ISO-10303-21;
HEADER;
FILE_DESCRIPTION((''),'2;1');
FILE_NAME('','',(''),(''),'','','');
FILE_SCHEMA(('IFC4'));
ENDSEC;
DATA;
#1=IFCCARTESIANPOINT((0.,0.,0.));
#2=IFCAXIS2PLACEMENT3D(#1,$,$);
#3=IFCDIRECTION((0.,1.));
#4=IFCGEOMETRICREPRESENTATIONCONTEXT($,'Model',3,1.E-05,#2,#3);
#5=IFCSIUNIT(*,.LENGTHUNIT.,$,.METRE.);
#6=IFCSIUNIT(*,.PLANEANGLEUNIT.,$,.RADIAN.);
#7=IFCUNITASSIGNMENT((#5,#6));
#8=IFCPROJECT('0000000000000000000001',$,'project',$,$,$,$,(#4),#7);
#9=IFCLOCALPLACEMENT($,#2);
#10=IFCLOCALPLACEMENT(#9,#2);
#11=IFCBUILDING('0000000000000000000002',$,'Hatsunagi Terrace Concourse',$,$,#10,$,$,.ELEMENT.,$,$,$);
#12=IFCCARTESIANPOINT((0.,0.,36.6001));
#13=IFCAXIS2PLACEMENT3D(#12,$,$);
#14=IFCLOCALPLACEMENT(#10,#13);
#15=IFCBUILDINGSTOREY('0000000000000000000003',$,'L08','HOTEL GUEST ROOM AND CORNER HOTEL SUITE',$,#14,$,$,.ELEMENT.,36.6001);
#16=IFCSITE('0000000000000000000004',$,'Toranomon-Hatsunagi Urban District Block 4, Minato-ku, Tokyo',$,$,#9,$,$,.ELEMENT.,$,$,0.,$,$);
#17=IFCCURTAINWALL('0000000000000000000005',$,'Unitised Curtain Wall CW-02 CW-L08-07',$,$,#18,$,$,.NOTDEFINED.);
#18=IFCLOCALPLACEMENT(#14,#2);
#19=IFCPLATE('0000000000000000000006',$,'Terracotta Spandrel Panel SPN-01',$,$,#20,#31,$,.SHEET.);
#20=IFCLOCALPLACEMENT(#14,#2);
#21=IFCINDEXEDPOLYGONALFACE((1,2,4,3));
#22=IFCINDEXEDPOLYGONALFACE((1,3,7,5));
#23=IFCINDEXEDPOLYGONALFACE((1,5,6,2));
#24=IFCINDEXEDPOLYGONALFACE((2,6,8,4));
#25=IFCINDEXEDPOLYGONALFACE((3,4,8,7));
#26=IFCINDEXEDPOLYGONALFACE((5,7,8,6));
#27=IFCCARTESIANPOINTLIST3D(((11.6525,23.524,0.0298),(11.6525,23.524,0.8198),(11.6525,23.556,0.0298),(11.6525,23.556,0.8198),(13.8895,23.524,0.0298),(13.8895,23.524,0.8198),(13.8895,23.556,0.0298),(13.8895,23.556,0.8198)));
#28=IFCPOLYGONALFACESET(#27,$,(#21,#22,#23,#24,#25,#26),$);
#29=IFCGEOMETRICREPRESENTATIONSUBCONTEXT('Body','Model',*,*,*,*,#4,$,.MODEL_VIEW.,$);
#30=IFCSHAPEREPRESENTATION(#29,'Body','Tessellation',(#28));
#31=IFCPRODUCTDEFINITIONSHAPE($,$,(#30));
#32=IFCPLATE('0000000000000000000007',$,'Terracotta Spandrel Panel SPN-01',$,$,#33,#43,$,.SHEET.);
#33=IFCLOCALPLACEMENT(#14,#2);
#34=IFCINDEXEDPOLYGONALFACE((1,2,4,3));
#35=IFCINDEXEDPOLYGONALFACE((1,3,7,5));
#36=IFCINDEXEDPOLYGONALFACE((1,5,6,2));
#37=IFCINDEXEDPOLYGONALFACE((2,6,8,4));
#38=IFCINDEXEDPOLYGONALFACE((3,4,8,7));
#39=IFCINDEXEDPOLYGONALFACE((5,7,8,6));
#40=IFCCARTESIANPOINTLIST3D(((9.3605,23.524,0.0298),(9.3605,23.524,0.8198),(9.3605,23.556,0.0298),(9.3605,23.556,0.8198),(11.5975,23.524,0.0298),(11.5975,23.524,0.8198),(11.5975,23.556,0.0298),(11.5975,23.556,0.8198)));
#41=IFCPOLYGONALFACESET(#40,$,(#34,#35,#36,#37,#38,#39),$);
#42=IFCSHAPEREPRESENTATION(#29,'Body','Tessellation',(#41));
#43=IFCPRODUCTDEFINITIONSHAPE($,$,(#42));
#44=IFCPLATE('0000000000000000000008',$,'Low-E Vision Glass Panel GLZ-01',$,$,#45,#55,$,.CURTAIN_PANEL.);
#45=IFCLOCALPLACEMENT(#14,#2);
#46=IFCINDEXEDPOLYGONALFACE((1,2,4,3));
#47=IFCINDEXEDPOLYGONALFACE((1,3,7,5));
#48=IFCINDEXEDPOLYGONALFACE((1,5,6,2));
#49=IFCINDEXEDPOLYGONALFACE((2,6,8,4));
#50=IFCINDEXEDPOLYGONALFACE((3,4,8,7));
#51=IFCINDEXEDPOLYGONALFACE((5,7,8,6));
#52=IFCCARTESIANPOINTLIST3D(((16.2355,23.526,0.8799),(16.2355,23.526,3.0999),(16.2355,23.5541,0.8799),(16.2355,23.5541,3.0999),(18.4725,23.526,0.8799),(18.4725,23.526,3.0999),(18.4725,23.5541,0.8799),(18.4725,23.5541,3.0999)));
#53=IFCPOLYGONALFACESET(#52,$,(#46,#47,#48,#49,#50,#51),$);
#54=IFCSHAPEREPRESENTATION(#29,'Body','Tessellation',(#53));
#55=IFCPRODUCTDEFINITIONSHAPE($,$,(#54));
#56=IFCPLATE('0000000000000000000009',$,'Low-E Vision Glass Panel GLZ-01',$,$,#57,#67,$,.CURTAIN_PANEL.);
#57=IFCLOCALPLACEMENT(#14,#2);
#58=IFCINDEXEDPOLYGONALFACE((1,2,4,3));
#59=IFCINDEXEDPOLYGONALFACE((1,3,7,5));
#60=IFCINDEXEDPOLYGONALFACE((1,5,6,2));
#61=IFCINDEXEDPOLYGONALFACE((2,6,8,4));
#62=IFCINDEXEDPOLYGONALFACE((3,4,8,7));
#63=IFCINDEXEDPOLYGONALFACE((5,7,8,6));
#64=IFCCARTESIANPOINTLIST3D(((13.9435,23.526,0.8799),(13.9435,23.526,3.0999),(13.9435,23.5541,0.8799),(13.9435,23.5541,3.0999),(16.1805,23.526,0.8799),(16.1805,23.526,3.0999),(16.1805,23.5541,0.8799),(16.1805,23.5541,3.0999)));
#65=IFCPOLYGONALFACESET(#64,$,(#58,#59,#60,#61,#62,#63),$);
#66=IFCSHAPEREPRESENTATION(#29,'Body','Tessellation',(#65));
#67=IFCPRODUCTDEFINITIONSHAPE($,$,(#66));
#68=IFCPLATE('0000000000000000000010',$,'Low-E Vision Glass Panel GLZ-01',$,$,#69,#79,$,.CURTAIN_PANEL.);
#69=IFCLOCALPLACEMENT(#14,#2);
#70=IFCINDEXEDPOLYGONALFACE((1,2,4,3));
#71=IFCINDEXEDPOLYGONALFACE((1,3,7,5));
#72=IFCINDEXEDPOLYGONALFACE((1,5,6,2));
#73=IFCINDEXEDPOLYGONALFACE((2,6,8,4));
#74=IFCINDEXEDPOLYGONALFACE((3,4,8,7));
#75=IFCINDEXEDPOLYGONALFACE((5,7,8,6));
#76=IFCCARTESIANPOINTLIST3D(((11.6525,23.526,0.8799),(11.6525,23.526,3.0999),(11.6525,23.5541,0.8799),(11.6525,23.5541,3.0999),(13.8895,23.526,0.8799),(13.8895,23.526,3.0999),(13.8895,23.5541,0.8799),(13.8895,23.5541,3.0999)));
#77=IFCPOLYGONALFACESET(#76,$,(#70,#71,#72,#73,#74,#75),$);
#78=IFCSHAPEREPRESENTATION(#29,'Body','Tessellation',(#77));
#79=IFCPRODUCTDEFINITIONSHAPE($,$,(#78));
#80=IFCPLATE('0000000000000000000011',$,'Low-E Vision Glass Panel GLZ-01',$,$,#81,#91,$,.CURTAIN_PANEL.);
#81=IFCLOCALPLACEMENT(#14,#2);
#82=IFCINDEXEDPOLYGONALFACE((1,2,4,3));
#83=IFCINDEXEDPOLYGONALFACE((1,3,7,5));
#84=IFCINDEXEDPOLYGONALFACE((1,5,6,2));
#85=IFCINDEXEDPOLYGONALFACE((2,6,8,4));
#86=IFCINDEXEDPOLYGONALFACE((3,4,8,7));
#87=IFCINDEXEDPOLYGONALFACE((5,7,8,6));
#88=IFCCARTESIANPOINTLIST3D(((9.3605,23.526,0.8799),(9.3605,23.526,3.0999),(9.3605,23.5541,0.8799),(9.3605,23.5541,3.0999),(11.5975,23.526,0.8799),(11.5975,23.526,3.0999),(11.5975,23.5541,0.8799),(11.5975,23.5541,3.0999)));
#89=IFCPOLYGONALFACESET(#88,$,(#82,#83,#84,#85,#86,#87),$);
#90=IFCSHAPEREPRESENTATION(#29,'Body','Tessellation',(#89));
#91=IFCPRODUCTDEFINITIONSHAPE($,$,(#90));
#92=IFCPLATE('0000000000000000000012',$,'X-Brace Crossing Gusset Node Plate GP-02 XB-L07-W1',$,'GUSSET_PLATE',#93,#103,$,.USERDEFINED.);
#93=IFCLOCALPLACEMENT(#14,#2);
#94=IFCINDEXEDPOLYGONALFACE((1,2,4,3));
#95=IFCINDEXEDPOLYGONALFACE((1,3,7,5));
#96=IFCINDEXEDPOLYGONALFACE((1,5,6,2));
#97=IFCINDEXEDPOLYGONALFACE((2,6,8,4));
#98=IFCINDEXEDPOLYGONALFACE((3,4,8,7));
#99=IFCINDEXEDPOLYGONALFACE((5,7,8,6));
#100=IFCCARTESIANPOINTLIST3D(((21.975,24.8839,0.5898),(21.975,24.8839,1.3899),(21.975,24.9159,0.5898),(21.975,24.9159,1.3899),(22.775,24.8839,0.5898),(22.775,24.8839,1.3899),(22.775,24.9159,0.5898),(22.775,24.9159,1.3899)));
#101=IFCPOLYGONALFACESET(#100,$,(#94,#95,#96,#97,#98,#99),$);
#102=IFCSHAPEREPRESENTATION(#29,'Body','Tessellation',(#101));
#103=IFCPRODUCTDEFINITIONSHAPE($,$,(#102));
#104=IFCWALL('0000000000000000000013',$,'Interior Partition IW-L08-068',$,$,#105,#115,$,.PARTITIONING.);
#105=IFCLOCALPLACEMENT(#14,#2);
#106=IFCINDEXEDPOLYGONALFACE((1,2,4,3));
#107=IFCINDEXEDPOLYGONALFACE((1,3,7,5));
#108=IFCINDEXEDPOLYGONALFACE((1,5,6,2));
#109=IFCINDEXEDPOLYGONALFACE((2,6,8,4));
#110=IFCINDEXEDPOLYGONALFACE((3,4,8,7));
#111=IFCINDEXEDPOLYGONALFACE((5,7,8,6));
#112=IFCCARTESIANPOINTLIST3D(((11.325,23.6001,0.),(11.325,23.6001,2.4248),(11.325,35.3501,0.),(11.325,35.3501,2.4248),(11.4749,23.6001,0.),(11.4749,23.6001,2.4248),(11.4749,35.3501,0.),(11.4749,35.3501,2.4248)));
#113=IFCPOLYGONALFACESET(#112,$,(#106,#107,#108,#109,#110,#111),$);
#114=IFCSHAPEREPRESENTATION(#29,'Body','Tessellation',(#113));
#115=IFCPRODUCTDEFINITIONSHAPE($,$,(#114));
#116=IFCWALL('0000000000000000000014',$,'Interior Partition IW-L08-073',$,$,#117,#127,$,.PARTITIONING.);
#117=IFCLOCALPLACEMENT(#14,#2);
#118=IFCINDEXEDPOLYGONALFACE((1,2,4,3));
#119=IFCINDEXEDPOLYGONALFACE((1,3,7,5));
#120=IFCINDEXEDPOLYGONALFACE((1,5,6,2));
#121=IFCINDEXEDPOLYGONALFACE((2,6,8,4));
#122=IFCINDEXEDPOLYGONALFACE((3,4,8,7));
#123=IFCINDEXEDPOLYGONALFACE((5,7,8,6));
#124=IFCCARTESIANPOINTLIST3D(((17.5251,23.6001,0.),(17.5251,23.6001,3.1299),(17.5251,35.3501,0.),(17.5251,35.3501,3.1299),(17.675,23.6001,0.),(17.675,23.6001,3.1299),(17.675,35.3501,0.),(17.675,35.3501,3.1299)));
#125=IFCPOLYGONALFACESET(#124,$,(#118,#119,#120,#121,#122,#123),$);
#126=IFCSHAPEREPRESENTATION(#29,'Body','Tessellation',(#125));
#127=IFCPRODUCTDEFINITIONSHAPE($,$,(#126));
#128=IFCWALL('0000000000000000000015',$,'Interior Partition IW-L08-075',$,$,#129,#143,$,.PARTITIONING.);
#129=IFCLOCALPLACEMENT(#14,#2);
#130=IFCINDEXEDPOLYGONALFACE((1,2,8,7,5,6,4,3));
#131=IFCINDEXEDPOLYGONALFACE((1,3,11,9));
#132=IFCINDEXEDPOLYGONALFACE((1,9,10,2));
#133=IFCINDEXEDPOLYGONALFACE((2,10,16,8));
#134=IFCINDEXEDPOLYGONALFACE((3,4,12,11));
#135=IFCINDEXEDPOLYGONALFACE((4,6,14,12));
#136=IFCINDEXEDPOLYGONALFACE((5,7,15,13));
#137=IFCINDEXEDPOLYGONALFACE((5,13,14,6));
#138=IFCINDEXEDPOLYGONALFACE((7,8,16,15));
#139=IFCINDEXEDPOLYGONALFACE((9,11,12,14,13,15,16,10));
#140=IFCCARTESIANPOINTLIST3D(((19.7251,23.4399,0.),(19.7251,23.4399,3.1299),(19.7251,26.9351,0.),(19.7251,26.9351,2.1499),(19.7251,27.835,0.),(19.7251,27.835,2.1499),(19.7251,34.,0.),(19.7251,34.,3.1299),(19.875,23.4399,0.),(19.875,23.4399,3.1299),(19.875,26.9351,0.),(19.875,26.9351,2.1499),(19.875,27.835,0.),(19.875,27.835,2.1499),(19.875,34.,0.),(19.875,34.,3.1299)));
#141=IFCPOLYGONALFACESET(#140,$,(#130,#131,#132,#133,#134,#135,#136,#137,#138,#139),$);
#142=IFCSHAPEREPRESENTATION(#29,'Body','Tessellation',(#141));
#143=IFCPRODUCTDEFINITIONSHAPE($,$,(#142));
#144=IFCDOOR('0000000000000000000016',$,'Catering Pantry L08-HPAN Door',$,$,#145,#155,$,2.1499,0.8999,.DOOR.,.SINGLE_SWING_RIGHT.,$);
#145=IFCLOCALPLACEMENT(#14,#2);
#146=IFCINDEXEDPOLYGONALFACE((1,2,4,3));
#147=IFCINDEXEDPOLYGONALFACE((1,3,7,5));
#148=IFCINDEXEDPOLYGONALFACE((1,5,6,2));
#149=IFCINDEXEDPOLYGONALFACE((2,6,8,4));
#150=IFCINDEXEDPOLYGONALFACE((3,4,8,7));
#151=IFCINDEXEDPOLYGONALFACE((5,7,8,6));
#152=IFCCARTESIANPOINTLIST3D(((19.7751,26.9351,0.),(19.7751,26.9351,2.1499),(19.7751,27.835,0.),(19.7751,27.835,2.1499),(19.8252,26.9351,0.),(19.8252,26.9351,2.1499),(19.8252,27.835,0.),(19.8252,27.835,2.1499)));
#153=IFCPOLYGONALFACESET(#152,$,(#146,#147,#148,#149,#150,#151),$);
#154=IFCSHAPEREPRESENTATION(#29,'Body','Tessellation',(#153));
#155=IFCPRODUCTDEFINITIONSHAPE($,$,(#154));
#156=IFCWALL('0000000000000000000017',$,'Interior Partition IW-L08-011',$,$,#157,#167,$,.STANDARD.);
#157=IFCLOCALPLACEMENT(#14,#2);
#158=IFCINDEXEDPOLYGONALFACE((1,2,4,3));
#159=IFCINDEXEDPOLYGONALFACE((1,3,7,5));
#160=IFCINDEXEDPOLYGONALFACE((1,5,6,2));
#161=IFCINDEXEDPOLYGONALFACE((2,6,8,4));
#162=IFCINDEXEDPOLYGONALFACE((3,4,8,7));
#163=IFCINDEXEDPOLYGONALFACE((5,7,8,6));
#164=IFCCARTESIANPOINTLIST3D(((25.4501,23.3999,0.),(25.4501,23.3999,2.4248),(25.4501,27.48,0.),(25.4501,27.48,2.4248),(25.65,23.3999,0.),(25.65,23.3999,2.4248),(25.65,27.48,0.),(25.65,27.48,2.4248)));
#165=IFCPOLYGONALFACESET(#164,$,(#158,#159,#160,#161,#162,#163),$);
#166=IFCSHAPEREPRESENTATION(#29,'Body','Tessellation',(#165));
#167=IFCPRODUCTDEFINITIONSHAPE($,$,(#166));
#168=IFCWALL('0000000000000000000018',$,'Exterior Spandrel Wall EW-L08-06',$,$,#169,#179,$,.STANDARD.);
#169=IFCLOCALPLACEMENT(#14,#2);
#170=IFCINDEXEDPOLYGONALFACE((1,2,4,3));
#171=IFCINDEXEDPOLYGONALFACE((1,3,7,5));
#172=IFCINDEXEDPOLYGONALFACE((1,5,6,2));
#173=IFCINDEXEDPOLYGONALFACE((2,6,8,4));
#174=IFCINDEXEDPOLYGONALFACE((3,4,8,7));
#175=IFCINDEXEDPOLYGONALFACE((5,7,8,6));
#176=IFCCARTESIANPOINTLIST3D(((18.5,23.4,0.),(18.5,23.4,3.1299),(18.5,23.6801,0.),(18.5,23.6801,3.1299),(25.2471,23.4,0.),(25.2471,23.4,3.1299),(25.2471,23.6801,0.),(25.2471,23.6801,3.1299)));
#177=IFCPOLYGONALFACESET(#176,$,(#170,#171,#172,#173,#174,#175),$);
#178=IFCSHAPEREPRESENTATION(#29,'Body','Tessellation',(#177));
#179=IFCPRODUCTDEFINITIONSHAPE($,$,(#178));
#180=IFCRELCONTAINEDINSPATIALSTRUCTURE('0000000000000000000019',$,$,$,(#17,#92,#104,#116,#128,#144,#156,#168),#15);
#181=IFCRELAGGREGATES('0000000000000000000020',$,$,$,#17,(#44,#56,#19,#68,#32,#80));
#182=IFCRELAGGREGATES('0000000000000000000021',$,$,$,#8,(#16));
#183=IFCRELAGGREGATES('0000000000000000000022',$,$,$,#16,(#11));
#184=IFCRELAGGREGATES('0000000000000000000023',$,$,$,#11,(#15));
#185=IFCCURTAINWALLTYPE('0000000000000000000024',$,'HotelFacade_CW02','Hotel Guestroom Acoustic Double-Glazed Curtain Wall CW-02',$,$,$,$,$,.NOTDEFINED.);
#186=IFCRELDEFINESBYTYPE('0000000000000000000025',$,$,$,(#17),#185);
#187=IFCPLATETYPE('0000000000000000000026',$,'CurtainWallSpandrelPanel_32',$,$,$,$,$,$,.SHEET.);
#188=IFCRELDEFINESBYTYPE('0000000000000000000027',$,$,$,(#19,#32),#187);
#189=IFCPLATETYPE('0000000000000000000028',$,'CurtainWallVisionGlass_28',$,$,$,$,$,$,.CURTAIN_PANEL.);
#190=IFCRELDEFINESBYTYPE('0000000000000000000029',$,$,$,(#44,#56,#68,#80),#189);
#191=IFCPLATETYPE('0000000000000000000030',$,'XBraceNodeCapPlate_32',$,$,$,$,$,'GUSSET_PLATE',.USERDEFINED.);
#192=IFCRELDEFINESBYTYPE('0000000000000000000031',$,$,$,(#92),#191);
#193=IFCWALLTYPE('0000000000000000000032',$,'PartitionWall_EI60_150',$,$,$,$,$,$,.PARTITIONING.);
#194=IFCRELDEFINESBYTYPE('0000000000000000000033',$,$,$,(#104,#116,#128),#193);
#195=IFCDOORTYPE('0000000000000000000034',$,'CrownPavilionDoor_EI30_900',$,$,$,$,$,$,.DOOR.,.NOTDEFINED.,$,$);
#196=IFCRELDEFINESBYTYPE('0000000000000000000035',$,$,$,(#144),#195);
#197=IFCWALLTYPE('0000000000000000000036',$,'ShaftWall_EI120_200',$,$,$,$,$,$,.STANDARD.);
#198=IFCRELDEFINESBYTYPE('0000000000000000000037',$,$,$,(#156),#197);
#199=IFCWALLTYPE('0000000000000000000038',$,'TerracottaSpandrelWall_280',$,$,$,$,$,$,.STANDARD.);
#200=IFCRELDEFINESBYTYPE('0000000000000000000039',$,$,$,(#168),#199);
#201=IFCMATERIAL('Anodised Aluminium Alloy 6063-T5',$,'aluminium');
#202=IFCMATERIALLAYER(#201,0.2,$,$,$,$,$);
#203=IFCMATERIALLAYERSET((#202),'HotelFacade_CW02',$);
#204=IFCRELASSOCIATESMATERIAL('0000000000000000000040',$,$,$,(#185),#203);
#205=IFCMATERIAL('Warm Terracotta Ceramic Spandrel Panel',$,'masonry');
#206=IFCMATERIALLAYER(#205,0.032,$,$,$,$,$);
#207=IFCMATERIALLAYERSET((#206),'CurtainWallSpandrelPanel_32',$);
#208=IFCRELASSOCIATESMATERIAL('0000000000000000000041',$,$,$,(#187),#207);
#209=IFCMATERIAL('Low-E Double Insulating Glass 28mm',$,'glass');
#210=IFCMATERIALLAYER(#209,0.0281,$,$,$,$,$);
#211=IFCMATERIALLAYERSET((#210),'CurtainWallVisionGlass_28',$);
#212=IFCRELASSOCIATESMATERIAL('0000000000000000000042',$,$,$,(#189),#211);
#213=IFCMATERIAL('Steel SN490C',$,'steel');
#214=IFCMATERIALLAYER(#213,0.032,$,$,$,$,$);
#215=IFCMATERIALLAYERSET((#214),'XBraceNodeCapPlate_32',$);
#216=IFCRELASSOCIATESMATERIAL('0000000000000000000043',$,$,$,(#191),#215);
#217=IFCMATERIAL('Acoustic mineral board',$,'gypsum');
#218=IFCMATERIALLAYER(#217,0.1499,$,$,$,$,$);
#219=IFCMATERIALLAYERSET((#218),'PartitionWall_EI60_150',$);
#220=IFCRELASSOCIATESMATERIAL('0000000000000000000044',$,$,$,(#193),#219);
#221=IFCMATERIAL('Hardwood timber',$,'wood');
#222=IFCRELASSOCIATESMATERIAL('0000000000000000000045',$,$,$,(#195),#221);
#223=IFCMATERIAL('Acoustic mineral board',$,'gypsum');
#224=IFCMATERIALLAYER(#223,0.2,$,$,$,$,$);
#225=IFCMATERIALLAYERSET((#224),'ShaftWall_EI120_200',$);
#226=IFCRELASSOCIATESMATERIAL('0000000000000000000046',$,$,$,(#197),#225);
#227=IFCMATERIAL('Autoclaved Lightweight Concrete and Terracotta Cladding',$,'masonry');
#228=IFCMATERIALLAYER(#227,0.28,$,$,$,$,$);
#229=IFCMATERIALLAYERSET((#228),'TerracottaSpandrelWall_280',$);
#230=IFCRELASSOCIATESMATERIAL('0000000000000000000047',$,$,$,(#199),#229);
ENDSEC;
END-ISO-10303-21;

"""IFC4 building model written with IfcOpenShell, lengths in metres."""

from ifc_helpers import new_model, si_unit, direction, frame, frame_2d, origin, origin_2d, place, context, subcontext, project, spatial, rectangle, extrude, material, layer, layer_set, type_object, element, fill, aggregate, save


model = new_model("IFC4")

# Units and contexts
model_context = context("Model", 3, precision=1e-05, world=origin(), true_north=direction((0.0, 1.0)))
body_context = subcontext(model_context, "Body", "Model", "MODEL_VIEW")
ifc_project = project(units=[si_unit("LENGTHUNIT", "METRE"), si_unit("PLANEANGLEUNIT", "RADIAN")], contexts=[model_context])

# Site, building, storey
site_placement = place(None, origin())
site = spatial("IfcSite", under=ifc_project, at=site_placement, Name="Toranomon-Hatsunagi Urban District Block 4, Minato-ku, Tokyo", CompositionType="ELEMENT", RefElevation=0.0)
building_placement = place(site_placement, origin())
building = spatial("IfcBuilding", under=site, at=building_placement, Name="Hatsunagi Terrace Concourse", CompositionType="ELEMENT")
storey_placement = place(building_placement, frame((0.0, 0.0, 36.6001)))
storey = spatial("IfcBuildingStorey", under=building, at=storey_placement, Name="L08", Description="HOTEL GUEST ROOM AND CORNER HOTEL SUITE", CompositionType="ELEMENT", Elevation=36.6001)

# Curtain wall
ifc_material_1 = material(Name="Anodised Aluminium Alloy 6063-T5", Category="aluminium")
ifc_layer_1 = layer(ifc_material_1, 0.2)
ifc_layer_set_1 = layer_set([ifc_layer_1], Name="HotelFacade_CW02")
curtain_wall_type = type_object("IfcCurtainWallType", Name="HotelFacade_CW02", Description="Hotel Guestroom Acoustic Double-Glazed Curtain Wall CW-02", PredefinedType="NOTDEFINED", material=ifc_layer_set_1)
curtain_wall_placement = place(storey_placement, origin())
curtain_wall = element("IfcCurtainWall", 1, at=curtain_wall_placement, inside=storey, type_object=curtain_wall_type, Name="Unitised Curtain Wall CW-02 CW-L08-07", PredefinedType="NOTDEFINED")

# Plates
ifc_material_2 = material(Name="Warm Terracotta Ceramic Spandrel Panel", Category="masonry")
ifc_layer_2 = layer(ifc_material_2, 0.032)
ifc_layer_set_2 = layer_set([ifc_layer_2], Name="CurtainWallSpandrelPanel_32")
plate_type_1 = type_object("IfcPlateType", Name="CurtainWallSpandrelPanel_32", PredefinedType="SHEET", material=ifc_layer_set_2)
plate_1_placement = place(storey_placement, frame((12.771, 23.54, 0.0298), z_axis=(0.0, 0.0, 1.0), x_axis=(-1.0, 0.0, 0.0)))
plate_1 = element("IfcPlate", 2, at=plate_1_placement, type_object=plate_type_1, Name="Terracotta Spandrel Panel SPN-01", PredefinedType="SHEET", context=body_context, shape_type="SweptSolid", body=[
    extrude(rectangle(XDim=2.2371, YDim=0.032, at=origin_2d()), origin(), (0.0, 0.0, 1.0), 0.79),
])
plate_2_placement = place(storey_placement, frame((10.479, 23.54, 0.0298), z_axis=(0.0, 0.0, 1.0), x_axis=(-1.0, 0.0, 0.0)))
plate_2 = element("IfcPlate", 3, at=plate_2_placement, type_object=plate_type_1, Name="Terracotta Spandrel Panel SPN-01", PredefinedType="SHEET", context=body_context, shape_type="SweptSolid", body=[
    extrude(rectangle(XDim=2.2371, YDim=0.032, at=origin_2d()), origin(), (0.0, 0.0, 1.0), 0.79),
])
ifc_material_3 = material(Name="Low-E Double Insulating Glass 28mm", Category="glass")
ifc_layer_3 = layer(ifc_material_3, 0.0281)
ifc_layer_set_3 = layer_set([ifc_layer_3], Name="CurtainWallVisionGlass_28")
plate_type_2 = type_object("IfcPlateType", Name="CurtainWallVisionGlass_28", PredefinedType="CURTAIN_PANEL", material=ifc_layer_set_3)
plate_3_placement = place(storey_placement, frame((17.354, 23.54, 0.8799), z_axis=(0.0, 0.0, 1.0), x_axis=(-1.0, 0.0, 0.0)))
plate_3 = element("IfcPlate", 4, at=plate_3_placement, type_object=plate_type_2, Name="Low-E Vision Glass Panel GLZ-01", PredefinedType="CURTAIN_PANEL", context=body_context, shape_type="SweptSolid", body=[
    extrude(rectangle(XDim=2.2371, YDim=0.0281, at=origin_2d()), origin(), (0.0, 0.0, 1.0), 2.22),
])
plate_4_placement = place(storey_placement, frame((15.062, 23.54, 0.8799), z_axis=(0.0, 0.0, 1.0), x_axis=(-1.0, 0.0, 0.0)))
plate_4 = element("IfcPlate", 5, at=plate_4_placement, type_object=plate_type_2, Name="Low-E Vision Glass Panel GLZ-01", PredefinedType="CURTAIN_PANEL", context=body_context, shape_type="SweptSolid", body=[
    extrude(rectangle(XDim=2.2371, YDim=0.0281, at=origin_2d()), origin(), (0.0, 0.0, 1.0), 2.22),
])
plate_5_placement = place(storey_placement, frame((12.771, 23.54, 0.8799), z_axis=(0.0, 0.0, 1.0), x_axis=(-1.0, 0.0, 0.0)))
plate_5 = element("IfcPlate", 6, at=plate_5_placement, type_object=plate_type_2, Name="Low-E Vision Glass Panel GLZ-01", PredefinedType="CURTAIN_PANEL", context=body_context, shape_type="SweptSolid", body=[
    extrude(rectangle(XDim=2.2371, YDim=0.0281, at=origin_2d()), origin(), (0.0, 0.0, 1.0), 2.22),
])
plate_6_placement = place(storey_placement, frame((10.479, 23.54, 0.8799), z_axis=(0.0, 0.0, 1.0), x_axis=(-1.0, 0.0, 0.0)))
plate_6 = element("IfcPlate", 7, at=plate_6_placement, type_object=plate_type_2, Name="Low-E Vision Glass Panel GLZ-01", PredefinedType="CURTAIN_PANEL", context=body_context, shape_type="SweptSolid", body=[
    extrude(rectangle(XDim=2.2371, YDim=0.0281, at=origin_2d()), origin(), (0.0, 0.0, 1.0), 2.22),
])
aggregate(curtain_wall, [plate_3, plate_4, plate_1, plate_5, plate_2, plate_6])
ifc_material_4 = material(Name="Steel SN490C", Category="steel")
ifc_layer_4 = layer(ifc_material_4, 0.032)
ifc_layer_set_4 = layer_set([ifc_layer_4], Name="XBraceNodeCapPlate_32")
plate_type_3 = type_object("IfcPlateType", Name="XBraceNodeCapPlate_32", ElementType="GUSSET_PLATE", PredefinedType="USERDEFINED", material=ifc_layer_set_4)
plate_7_placement = place(storey_placement, frame((22.375, 24.8999, 0.5898), z_axis=(0.0, 0.0, 1.0), x_axis=(1.0, 0.0, 0.0)))
element("IfcPlate", 8, at=plate_7_placement, inside=storey, type_object=plate_type_3, Name="X-Brace Crossing Gusset Node Plate GP-02 XB-L07-W1", ObjectType="GUSSET_PLATE", PredefinedType="USERDEFINED", context=body_context, shape_type="SweptSolid", body=[
    extrude(rectangle(XDim=0.8, YDim=0.032, at=origin_2d()), origin(), (0.0, 0.0, 1.0), 0.8),
])

# Walls
ifc_material_5 = material(Name="Acoustic mineral board", Category="gypsum")
ifc_layer_5 = layer(ifc_material_5, 0.1499)
ifc_layer_set_5 = layer_set([ifc_layer_5], Name="PartitionWall_EI60_150")
wall_type_1 = type_object("IfcWallType", Name="PartitionWall_EI60_150", PredefinedType="PARTITIONING", material=ifc_layer_set_5)
wall_1_placement = place(storey_placement, frame((11.3999, 23.6001, 0.0), z_axis=(0.0, 0.0, 1.0), x_axis=(0.0, 1.0, 0.0)))
element("IfcWall", 9, at=wall_1_placement, inside=storey, type_object=wall_type_1, Name="Interior Partition IW-L08-068", PredefinedType="PARTITIONING", context=body_context, shape_type="SweptSolid", body=[
    extrude(rectangle(XDim=11.75, YDim=0.1499, at=frame_2d((5.875, 0.0))), origin(), (0.0, 0.0, 1.0), 2.4248),
])
wall_2_placement = place(storey_placement, frame((17.6001, 23.6001, 0.0), z_axis=(0.0, 0.0, 1.0), x_axis=(0.0, 1.0, 0.0)))
element("IfcWall", 10, at=wall_2_placement, inside=storey, type_object=wall_type_1, Name="Interior Partition IW-L08-073", PredefinedType="PARTITIONING", context=body_context, shape_type="SweptSolid", body=[
    extrude(rectangle(XDim=11.75, YDim=0.1499, at=frame_2d((5.875, 0.0))), origin(), (0.0, 0.0, 1.0), 3.1299),
])

# Wall, opening, door
wall_3_placement = place(storey_placement, frame((19.8, 23.4399, 0.0), z_axis=(0.0, 0.0, 1.0), x_axis=(0.0, 1.0, 0.0)))
wall_3 = element("IfcWall", 11, at=wall_3_placement, inside=storey, type_object=wall_type_1, Name="Interior Partition IW-L08-075", PredefinedType="PARTITIONING", context=body_context, shape_type="SweptSolid", body=[
    extrude(rectangle(XDim=10.5601, YDim=0.1499, at=frame_2d((5.28, 0.0))), origin(), (0.0, 0.0, 1.0), 3.1299),
])
opening_placement = place(wall_3_placement, frame((3.4951, 0.0, 0.0)))
opening = element("IfcOpeningElement", 12, at=opening_placement, cuts=wall_3, PredefinedType="OPENING", context=body_context, shape_type="SweptSolid", body=[
    extrude(rectangle(XDim=0.8999, YDim=2.1499, at=frame_2d((0.45, 1.075))), frame((0.0, 0.085, 0.0), z_axis=(0.0, -1.0, 0.0), x_axis=(1.0, 0.0, 0.0)), (0.0, 0.0, 1.0), 0.1699),
])
ifc_material_6 = material(Name="Hardwood timber", Category="wood")
door_type = type_object("IfcDoorType", Name="CrownPavilionDoor_EI30_900", OperationType="NOTDEFINED", PredefinedType="DOOR", material=ifc_material_6)
door_placement = place(opening_placement, origin())
door = element("IfcDoor", 13, at=door_placement, inside=storey, type_object=door_type, Name="Catering Pantry L08-HPAN Door", OperationType="SINGLE_SWING_RIGHT", OverallHeight=2.1499, OverallWidth=0.8999, PredefinedType="DOOR", context=body_context, shape_type="SweptSolid", body=[
    extrude(rectangle(XDim=0.8999, YDim=2.1499, at=frame_2d((0.45, 1.075))), frame((0.0, 0.0249, 0.0), z_axis=(0.0, -1.0, 0.0), x_axis=(1.0, 0.0, 0.0)), (0.0, 0.0, 1.0), 0.05),
])
fill(opening, door)

# Walls
ifc_material_7 = material(Name="Acoustic mineral board", Category="gypsum")
ifc_layer_6 = layer(ifc_material_7, 0.2)
ifc_layer_set_6 = layer_set([ifc_layer_6], Name="ShaftWall_EI120_200")
wall_type_2 = type_object("IfcWallType", Name="ShaftWall_EI120_200", PredefinedType="STANDARD", material=ifc_layer_set_6)
wall_4_placement = place(storey_placement, frame((25.55, 23.3999, 0.0), z_axis=(0.0, 0.0, 1.0), x_axis=(0.0, 1.0, 0.0)))
element("IfcWall", 14, at=wall_4_placement, inside=storey, type_object=wall_type_2, Name="Interior Partition IW-L08-011", PredefinedType="STANDARD", context=body_context, shape_type="SweptSolid", body=[
    extrude(rectangle(XDim=4.0801, YDim=0.2, at=frame_2d((2.04, 0.0))), origin(), (0.0, 0.0, 1.0), 2.4248),
])
ifc_material_8 = material(Name="Autoclaved Lightweight Concrete and Terracotta Cladding", Category="masonry")
ifc_layer_7 = layer(ifc_material_8, 0.28)
ifc_layer_set_7 = layer_set([ifc_layer_7], Name="TerracottaSpandrelWall_280")
wall_type_3 = type_object("IfcWallType", Name="TerracottaSpandrelWall_280", PredefinedType="STANDARD", material=ifc_layer_set_7)
wall_5_placement = place(storey_placement, frame((25.2471, 23.54, 0.0), z_axis=(0.0, 0.0, 1.0), x_axis=(-1.0, 0.0, 0.0)))
element("IfcWall", 15, at=wall_5_placement, inside=storey, type_object=wall_type_3, Name="Exterior Spandrel Wall EW-L08-06", PredefinedType="STANDARD", context=body_context, shape_type="SweptSolid", body=[
    extrude(rectangle(XDim=6.7471, YDim=0.28, at=frame_2d((3.3735, 0.0))), origin(), (0.0, 0.0, 1.0), 3.1299),
])

save(model, "model.ifc")
